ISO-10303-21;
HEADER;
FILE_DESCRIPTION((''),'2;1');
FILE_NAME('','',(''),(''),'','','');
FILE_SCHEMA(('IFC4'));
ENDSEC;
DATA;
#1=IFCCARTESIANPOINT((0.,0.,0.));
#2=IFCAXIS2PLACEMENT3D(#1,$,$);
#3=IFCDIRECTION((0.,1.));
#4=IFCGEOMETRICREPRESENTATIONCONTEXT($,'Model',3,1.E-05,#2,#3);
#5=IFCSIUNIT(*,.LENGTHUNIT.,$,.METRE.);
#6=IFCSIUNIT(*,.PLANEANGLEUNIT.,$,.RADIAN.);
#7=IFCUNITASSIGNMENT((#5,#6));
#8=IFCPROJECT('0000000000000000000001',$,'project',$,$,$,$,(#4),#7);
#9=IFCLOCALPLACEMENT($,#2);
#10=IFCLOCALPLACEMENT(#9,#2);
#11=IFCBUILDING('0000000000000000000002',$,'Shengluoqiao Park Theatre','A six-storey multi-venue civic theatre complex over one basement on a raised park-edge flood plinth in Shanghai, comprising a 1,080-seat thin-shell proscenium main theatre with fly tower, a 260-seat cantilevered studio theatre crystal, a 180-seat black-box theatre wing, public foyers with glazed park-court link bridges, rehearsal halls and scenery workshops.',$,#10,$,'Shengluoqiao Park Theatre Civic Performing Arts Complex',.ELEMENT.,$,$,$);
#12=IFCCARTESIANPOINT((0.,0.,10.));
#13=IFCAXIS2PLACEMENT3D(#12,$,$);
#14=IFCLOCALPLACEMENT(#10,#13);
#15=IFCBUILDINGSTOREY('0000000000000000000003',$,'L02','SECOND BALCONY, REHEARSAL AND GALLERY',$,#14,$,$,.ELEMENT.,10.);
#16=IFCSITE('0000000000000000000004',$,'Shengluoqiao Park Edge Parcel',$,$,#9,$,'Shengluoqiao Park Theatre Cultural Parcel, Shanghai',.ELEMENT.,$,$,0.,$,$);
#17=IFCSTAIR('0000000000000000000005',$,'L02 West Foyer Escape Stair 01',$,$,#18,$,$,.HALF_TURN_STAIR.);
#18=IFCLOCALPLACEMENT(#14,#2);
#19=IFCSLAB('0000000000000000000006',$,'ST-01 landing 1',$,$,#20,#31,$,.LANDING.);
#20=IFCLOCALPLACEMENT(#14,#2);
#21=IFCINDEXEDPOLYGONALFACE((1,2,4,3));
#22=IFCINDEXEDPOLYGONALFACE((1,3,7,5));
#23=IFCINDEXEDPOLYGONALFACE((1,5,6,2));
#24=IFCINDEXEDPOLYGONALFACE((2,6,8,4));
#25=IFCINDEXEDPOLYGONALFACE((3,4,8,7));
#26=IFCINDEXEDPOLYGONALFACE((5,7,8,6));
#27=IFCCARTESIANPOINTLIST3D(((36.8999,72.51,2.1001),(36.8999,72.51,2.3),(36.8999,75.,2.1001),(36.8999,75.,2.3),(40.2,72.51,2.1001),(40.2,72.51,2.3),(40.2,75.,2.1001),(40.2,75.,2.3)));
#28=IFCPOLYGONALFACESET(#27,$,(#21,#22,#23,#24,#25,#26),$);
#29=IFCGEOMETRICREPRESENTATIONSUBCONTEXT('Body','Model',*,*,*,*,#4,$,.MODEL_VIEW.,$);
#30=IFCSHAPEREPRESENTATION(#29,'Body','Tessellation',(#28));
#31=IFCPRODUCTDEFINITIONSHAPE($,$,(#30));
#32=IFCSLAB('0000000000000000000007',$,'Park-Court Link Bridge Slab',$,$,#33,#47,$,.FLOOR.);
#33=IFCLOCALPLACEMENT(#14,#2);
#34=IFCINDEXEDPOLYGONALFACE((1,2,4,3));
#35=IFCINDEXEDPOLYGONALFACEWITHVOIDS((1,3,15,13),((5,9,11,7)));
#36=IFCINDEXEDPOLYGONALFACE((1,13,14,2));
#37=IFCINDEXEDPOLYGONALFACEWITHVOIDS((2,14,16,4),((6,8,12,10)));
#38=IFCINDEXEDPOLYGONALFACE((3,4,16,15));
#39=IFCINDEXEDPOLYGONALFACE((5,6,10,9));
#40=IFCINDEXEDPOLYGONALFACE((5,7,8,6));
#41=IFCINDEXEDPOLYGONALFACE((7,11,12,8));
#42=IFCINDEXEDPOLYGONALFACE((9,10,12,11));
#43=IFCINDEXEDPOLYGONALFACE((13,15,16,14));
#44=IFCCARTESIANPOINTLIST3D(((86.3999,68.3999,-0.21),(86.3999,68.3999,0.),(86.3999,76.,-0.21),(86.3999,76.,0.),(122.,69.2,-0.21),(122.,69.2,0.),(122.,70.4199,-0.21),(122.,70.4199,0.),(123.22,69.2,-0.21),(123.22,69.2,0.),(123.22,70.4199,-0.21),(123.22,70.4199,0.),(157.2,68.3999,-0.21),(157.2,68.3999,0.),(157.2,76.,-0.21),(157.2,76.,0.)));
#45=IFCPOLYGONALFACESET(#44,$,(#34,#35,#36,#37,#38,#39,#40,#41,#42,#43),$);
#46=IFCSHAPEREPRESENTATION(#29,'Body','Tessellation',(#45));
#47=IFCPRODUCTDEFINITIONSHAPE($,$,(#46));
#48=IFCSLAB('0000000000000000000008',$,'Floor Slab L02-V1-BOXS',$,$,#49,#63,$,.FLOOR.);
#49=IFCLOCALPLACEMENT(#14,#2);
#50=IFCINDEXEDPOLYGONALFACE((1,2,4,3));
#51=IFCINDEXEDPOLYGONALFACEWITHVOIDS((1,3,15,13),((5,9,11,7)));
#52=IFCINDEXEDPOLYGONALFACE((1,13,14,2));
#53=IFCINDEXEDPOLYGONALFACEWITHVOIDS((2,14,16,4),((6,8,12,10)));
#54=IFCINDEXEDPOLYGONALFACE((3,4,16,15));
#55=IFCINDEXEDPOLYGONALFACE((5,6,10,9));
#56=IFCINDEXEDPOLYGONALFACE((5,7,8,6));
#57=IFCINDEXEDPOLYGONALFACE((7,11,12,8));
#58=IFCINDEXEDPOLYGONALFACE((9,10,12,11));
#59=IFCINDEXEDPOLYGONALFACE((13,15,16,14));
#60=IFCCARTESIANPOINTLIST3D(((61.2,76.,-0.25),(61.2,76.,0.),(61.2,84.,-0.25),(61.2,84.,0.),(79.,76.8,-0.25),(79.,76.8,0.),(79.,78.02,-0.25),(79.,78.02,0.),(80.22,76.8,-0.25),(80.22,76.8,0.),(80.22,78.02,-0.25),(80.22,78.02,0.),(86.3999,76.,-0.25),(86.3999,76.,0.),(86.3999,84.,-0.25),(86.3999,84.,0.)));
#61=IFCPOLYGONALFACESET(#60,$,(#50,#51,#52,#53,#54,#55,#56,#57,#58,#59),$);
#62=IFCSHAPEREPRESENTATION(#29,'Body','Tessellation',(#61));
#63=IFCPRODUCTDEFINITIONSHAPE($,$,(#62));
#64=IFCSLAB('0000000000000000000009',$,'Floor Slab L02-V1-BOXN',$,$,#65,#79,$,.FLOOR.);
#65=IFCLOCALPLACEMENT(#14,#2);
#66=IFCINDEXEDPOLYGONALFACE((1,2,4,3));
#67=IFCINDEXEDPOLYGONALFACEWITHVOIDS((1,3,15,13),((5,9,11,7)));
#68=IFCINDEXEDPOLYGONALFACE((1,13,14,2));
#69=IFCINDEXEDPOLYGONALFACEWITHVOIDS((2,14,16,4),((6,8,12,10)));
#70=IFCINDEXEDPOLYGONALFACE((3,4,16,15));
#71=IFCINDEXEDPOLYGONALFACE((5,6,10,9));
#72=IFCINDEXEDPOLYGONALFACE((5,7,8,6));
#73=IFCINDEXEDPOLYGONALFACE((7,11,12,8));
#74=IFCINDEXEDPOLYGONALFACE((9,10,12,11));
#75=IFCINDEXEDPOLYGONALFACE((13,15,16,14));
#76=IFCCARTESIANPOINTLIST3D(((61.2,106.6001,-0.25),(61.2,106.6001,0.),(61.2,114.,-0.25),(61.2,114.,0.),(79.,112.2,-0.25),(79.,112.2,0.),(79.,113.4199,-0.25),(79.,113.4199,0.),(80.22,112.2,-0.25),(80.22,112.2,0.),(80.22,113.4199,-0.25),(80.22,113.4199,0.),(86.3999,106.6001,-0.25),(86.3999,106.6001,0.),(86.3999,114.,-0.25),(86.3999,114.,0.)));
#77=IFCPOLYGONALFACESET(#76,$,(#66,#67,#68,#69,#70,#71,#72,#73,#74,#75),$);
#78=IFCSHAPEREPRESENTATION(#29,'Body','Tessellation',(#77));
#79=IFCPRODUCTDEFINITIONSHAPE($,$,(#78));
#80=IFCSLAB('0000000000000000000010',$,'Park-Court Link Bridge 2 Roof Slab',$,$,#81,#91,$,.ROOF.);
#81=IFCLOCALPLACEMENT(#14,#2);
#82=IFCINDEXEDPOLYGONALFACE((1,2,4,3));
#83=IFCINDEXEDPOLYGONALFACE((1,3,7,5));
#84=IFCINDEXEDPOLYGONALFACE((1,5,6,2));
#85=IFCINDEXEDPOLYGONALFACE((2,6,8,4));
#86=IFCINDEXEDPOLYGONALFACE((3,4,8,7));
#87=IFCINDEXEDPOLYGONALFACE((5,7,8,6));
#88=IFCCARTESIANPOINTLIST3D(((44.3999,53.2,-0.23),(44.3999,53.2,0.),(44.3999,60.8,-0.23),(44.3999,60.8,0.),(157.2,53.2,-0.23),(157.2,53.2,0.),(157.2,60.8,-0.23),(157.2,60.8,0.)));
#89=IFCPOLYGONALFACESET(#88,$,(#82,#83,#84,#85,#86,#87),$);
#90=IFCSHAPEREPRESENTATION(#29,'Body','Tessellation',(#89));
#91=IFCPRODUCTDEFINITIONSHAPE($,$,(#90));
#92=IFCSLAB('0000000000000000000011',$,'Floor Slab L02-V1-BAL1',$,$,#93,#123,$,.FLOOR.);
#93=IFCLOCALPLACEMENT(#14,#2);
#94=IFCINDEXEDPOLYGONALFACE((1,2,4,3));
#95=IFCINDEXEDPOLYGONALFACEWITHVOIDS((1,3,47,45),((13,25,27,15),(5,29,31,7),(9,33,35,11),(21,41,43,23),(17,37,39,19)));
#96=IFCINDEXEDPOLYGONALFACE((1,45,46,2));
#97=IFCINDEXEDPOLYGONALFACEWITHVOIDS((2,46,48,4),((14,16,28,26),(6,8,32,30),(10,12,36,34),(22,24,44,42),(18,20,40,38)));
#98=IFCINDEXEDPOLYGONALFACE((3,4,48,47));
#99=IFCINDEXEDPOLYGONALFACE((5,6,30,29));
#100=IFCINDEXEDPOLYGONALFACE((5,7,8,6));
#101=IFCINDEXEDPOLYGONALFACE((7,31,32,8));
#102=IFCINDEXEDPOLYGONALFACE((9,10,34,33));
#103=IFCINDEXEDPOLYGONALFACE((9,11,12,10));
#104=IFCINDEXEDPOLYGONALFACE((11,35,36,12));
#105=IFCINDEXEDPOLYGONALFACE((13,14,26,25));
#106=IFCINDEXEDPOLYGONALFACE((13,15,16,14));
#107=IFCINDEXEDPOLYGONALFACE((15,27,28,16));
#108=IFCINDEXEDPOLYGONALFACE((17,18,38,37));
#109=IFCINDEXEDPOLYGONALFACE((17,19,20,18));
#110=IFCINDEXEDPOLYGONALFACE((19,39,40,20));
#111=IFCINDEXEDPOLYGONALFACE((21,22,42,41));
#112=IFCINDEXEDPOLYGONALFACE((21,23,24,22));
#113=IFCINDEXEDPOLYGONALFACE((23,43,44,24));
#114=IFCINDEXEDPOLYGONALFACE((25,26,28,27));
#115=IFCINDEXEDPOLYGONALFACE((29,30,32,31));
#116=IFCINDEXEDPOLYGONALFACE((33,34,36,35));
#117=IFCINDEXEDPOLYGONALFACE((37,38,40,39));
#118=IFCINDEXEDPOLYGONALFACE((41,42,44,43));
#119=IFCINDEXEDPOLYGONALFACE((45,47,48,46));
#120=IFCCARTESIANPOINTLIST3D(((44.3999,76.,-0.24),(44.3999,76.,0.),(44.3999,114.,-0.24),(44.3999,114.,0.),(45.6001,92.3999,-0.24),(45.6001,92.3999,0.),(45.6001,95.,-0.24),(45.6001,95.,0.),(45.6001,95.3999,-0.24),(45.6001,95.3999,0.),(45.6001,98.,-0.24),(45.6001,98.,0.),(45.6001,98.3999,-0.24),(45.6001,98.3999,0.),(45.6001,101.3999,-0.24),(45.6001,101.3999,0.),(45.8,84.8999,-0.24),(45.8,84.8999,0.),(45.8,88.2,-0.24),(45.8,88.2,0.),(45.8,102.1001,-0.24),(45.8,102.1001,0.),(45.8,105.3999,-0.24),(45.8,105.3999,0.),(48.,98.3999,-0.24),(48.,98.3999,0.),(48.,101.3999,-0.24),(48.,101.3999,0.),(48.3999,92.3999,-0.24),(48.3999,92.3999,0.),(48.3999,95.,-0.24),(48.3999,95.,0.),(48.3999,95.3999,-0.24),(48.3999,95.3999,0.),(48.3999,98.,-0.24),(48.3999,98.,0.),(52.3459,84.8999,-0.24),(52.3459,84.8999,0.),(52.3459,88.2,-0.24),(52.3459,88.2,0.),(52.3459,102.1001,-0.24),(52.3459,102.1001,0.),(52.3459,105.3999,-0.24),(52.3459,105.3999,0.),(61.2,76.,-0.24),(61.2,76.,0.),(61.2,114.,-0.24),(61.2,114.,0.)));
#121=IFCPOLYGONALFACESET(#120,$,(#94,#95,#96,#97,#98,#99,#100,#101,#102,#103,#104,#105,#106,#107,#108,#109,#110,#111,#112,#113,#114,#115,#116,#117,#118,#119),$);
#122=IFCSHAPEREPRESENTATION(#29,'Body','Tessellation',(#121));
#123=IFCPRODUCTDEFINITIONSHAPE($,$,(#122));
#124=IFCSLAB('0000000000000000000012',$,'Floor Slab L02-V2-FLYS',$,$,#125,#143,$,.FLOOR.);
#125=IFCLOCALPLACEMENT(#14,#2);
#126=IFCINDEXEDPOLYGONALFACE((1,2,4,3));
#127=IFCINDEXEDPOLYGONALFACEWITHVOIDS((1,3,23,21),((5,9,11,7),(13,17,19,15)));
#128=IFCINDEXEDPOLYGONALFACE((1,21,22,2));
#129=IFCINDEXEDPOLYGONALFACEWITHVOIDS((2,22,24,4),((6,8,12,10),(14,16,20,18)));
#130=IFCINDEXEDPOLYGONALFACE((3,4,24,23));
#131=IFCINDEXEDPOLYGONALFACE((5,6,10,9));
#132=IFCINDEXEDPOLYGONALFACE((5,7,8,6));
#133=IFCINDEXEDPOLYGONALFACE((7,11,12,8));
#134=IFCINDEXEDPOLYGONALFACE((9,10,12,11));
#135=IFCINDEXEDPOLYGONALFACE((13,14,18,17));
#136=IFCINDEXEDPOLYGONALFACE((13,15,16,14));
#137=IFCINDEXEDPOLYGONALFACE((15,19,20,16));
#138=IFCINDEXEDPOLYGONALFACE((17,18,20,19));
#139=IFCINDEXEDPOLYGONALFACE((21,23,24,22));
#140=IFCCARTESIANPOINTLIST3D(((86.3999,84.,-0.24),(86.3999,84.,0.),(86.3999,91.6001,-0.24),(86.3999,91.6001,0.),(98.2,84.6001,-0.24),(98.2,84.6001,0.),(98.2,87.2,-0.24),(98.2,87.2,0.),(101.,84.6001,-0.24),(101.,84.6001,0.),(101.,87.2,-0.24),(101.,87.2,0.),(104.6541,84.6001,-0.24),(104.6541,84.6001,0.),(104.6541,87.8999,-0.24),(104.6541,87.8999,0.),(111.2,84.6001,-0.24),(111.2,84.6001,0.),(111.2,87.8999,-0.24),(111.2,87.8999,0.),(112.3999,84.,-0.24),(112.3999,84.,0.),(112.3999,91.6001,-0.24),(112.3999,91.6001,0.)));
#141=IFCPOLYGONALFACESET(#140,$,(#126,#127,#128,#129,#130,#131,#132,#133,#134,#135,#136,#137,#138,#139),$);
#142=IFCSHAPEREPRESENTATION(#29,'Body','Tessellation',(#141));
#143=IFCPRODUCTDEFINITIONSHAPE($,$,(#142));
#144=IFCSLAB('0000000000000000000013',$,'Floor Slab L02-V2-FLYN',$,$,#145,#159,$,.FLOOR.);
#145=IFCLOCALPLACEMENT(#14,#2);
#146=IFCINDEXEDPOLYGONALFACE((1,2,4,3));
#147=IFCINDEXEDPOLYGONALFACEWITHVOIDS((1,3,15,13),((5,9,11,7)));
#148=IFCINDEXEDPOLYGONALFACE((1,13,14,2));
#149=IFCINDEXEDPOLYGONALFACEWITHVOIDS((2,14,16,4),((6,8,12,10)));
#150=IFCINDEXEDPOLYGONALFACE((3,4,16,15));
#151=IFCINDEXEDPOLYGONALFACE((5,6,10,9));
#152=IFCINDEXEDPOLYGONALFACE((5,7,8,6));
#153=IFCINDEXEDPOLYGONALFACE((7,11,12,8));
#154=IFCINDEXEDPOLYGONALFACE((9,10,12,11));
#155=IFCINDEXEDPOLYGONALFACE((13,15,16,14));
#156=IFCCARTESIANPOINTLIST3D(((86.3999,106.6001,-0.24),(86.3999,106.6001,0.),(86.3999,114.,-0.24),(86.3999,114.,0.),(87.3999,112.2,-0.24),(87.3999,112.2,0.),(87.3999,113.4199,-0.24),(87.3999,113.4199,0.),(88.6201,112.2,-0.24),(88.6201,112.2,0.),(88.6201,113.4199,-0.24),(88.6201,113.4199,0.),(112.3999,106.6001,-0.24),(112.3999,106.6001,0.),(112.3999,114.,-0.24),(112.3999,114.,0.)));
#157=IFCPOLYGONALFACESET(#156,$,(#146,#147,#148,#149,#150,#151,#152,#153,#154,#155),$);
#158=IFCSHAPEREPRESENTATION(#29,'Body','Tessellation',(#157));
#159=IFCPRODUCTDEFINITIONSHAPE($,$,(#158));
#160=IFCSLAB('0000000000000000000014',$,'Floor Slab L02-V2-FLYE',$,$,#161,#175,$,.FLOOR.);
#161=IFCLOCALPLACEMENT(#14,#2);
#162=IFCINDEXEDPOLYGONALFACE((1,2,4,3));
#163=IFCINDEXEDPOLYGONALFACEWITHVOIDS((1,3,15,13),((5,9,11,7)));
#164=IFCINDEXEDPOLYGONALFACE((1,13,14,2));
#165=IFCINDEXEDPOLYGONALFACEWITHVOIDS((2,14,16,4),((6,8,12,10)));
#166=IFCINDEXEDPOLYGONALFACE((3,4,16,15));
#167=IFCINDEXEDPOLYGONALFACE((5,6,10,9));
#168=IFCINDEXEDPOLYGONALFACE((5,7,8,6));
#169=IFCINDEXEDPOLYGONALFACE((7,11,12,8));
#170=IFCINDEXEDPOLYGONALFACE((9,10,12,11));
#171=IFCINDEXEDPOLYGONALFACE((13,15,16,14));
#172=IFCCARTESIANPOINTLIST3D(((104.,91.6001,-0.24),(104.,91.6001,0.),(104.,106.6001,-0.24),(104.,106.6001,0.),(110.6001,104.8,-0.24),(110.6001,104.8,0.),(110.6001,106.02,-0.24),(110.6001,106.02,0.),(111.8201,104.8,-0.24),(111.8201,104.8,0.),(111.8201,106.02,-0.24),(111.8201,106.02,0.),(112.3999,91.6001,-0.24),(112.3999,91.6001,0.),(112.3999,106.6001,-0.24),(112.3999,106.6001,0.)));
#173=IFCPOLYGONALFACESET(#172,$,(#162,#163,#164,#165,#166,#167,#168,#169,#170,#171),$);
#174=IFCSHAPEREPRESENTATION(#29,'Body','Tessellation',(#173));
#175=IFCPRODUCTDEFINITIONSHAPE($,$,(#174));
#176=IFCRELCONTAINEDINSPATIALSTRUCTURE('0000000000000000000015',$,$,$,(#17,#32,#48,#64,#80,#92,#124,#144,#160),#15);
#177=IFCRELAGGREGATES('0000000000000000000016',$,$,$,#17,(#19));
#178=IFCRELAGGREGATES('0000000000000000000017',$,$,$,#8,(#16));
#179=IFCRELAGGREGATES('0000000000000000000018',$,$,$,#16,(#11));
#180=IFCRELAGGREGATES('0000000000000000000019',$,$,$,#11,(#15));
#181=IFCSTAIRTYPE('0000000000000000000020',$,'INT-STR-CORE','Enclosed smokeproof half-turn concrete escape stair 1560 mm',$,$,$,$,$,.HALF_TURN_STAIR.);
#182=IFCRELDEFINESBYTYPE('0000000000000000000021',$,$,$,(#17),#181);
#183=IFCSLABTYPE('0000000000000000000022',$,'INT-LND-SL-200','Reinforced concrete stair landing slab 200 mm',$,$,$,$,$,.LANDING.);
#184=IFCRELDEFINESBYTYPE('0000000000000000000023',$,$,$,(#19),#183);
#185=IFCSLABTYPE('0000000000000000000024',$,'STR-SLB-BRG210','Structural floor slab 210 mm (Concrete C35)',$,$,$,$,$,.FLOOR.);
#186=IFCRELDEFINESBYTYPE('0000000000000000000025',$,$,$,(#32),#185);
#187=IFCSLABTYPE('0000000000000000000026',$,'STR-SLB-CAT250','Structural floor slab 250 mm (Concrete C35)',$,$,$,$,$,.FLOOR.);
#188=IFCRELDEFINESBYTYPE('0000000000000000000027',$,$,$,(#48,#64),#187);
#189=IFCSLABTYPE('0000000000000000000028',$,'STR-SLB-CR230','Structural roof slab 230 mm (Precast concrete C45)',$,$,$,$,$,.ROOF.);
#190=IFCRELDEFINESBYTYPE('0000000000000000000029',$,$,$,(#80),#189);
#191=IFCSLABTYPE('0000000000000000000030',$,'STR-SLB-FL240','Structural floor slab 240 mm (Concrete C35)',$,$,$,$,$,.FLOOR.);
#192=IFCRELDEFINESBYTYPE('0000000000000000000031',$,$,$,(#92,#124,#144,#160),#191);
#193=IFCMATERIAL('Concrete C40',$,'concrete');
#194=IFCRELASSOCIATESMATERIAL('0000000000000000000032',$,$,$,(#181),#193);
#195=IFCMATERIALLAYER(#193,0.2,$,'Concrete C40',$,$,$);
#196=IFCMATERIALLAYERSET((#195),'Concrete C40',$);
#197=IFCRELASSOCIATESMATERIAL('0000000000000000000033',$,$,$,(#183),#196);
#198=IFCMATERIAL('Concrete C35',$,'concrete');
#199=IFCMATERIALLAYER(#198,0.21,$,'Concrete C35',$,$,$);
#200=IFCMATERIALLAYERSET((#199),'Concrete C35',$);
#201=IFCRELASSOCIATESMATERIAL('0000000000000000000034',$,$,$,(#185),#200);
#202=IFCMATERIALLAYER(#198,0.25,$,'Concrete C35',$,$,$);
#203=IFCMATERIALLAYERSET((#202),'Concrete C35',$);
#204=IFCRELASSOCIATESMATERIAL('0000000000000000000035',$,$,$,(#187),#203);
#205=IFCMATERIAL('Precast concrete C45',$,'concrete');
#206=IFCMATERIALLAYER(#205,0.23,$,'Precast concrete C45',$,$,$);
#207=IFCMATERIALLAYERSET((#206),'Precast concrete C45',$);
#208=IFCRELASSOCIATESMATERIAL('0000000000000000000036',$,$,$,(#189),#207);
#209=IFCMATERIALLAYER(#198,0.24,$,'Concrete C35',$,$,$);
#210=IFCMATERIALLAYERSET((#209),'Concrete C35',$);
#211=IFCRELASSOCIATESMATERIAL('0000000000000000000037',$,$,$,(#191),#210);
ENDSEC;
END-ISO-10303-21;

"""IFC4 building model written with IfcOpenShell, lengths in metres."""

from ifc_helpers import new_model, si_unit, direction, frame, origin, place, context, subcontext, project, spatial, polyline, outline, extrude, material, layer, layer_set, type_object, element, aggregate, save


model = new_model("IFC4")

# Units and contexts
model_context = context("Model", 3, precision=1e-05, world=origin(), true_north=direction((0.0, 1.0)))
body_context = subcontext(model_context, "Body", "Model", "MODEL_VIEW")
ifc_project = project(units=[si_unit("LENGTHUNIT", "METRE"), si_unit("PLANEANGLEUNIT", "RADIAN")], contexts=[model_context])

# Site, building, storey
site_placement = place(None, origin())
site = spatial("IfcSite", under=ifc_project, at=site_placement, Name="Shengluoqiao Park Edge Parcel", LongName="Shengluoqiao Park Theatre Cultural Parcel, Shanghai", CompositionType="ELEMENT", RefElevation=0.0)
building_placement = place(site_placement, origin())
building = spatial("IfcBuilding", under=site, at=building_placement, Name="Shengluoqiao Park Theatre", Description="A six-storey multi-venue civic theatre complex over one basement on a raised park-edge flood plinth in Shanghai, comprising a 1,080-seat thin-shell proscenium main theatre with fly tower, a 260-seat cantilevered studio theatre crystal, a 180-seat black-box theatre wing, public foyers with glazed park-court link bridges, rehearsal halls and scenery workshops.", LongName="Shengluoqiao Park Theatre Civic Performing Arts Complex", CompositionType="ELEMENT")
storey_placement = place(building_placement, frame((0.0, 0.0, 10.0)))
storey = spatial("IfcBuildingStorey", under=building, at=storey_placement, Name="L02", Description="SECOND BALCONY, REHEARSAL AND GALLERY", CompositionType="ELEMENT", Elevation=10.0)

# Stair, slab
ifc_material_1 = material(Name="Concrete C40", Category="concrete")
stair_type = type_object("IfcStairType", Name="INT-STR-CORE", Description="Enclosed smokeproof half-turn concrete escape stair 1560 mm", PredefinedType="HALF_TURN_STAIR", material=ifc_material_1)
stair_placement = place(storey_placement, origin())
stair = element("IfcStair", 1, at=stair_placement, inside=storey, type_object=stair_type, Name="L02 West Foyer Escape Stair 01", PredefinedType="HALF_TURN_STAIR")
ifc_layer_1 = layer(ifc_material_1, 0.2, Name="Concrete C40")
ifc_layer_set_1 = layer_set([ifc_layer_1], Name="Concrete C40")
slab_type_1 = type_object("IfcSlabType", Name="INT-LND-SL-200", Description="Reinforced concrete stair landing slab 200 mm", PredefinedType="LANDING", material=ifc_layer_set_1)
slab_1_placement = place(storey_placement, frame((0.0, 0.0, 2.1001)))
slab_1 = element("IfcSlab", 2, at=slab_1_placement, type_object=slab_type_1, Name="ST-01 landing 1", PredefinedType="LANDING", context=body_context, shape_type="SweptSolid", body=[
    extrude(outline(polyline([(40.2, 72.51), (40.2, 75.0), (36.8999, 75.0), (36.8999, 72.51), (40.2, 72.51)])), origin(), (0.0, 0.0, 1.0), 0.2),
])
aggregate(stair, [slab_1])

# Slabs
ifc_material_2 = material(Name="Concrete C35", Category="concrete")
ifc_layer_2 = layer(ifc_material_2, 0.21, Name="Concrete C35")
ifc_layer_set_2 = layer_set([ifc_layer_2], Name="Concrete C35")
slab_type_2 = type_object("IfcSlabType", Name="STR-SLB-BRG210", Description="Structural floor slab 210 mm (Concrete C35)", PredefinedType="FLOOR", material=ifc_layer_set_2)
slab_2_placement = place(storey_placement, frame((0.0, 0.0, -0.21)))
element("IfcSlab", 3, at=slab_2_placement, inside=storey, type_object=slab_type_2, Name="Park-Court Link Bridge Slab", PredefinedType="FLOOR", context=body_context, shape_type="SweptSolid", body=[
    extrude(outline(polyline([(86.3999, 68.3999), (86.3999, 76.0), (157.2, 76.0), (157.2, 68.3999), (86.3999, 68.3999)]), holes=[polyline([(123.22, 69.2), (123.22, 70.4199), (122.0, 70.4199), (122.0, 69.2), (123.22, 69.2)])]), origin(), (0.0, 0.0, 1.0), 0.21),
])
ifc_layer_3 = layer(ifc_material_2, 0.25, Name="Concrete C35")
ifc_layer_set_3 = layer_set([ifc_layer_3], Name="Concrete C35")
slab_type_3 = type_object("IfcSlabType", Name="STR-SLB-CAT250", Description="Structural floor slab 250 mm (Concrete C35)", PredefinedType="FLOOR", material=ifc_layer_set_3)
slab_3_placement = place(storey_placement, frame((0.0, 0.0, -0.25)))
element("IfcSlab", 4, at=slab_3_placement, inside=storey, type_object=slab_type_3, Name="Floor Slab L02-V1-BOXS", PredefinedType="FLOOR", context=body_context, shape_type="SweptSolid", body=[
    extrude(outline(polyline([(61.2, 76.0), (61.2, 84.0), (86.3999, 84.0), (86.3999, 76.0), (61.2, 76.0)]), holes=[polyline([(80.22, 76.8), (80.22, 78.02), (79.0, 78.02), (79.0, 76.8), (80.22, 76.8)])]), origin(), (0.0, 0.0, 1.0), 0.25),
])
slab_4_placement = place(storey_placement, frame((0.0, 0.0, -0.25)))
element("IfcSlab", 5, at=slab_4_placement, inside=storey, type_object=slab_type_3, Name="Floor Slab L02-V1-BOXN", PredefinedType="FLOOR", context=body_context, shape_type="SweptSolid", body=[
    extrude(outline(polyline([(61.2, 106.6001), (61.2, 114.0), (86.3999, 114.0), (86.3999, 106.6001), (61.2, 106.6001)]), holes=[polyline([(79.0, 112.2), (80.22, 112.2), (80.22, 113.4199), (79.0, 113.4199), (79.0, 112.2)])]), origin(), (0.0, 0.0, 1.0), 0.25),
])
ifc_material_3 = material(Name="Precast concrete C45", Category="concrete")
ifc_layer_4 = layer(ifc_material_3, 0.23, Name="Precast concrete C45")
ifc_layer_set_4 = layer_set([ifc_layer_4], Name="Precast concrete C45")
slab_type_4 = type_object("IfcSlabType", Name="STR-SLB-CR230", Description="Structural roof slab 230 mm (Precast concrete C45)", PredefinedType="ROOF", material=ifc_layer_set_4)
slab_5_placement = place(storey_placement, frame((0.0, 0.0, -0.23)))
element("IfcSlab", 6, at=slab_5_placement, inside=storey, type_object=slab_type_4, Name="Park-Court Link Bridge 2 Roof Slab", PredefinedType="ROOF", context=body_context, shape_type="SweptSolid", body=[
    extrude(outline(polyline([(44.3999, 53.2), (157.2, 53.2), (157.2, 60.8), (44.3999, 60.8), (44.3999, 53.2)])), origin(), (0.0, 0.0, 1.0), 0.23),
])
ifc_layer_5 = layer(ifc_material_2, 0.24, Name="Concrete C35")
ifc_layer_set_5 = layer_set([ifc_layer_5], Name="Concrete C35")
slab_type_5 = type_object("IfcSlabType", Name="STR-SLB-FL240", Description="Structural floor slab 240 mm (Concrete C35)", PredefinedType="FLOOR", material=ifc_layer_set_5)
slab_6_placement = place(storey_placement, frame((0.0, 0.0, -0.24)))
element("IfcSlab", 7, at=slab_6_placement, inside=storey, type_object=slab_type_5, Name="Floor Slab L02-V1-BAL1", PredefinedType="FLOOR", context=body_context, shape_type="SweptSolid", body=[
    extrude(outline(polyline([(44.3999, 76.0), (44.3999, 114.0), (61.2, 114.0), (61.2, 76.0), (44.3999, 76.0)]), holes=[polyline([(52.3459, 88.2), (45.8, 88.2), (45.8, 84.8999), (52.3459, 84.8999), (52.3459, 88.2)]), polyline([(48.3999, 92.3999), (48.3999, 95.0), (45.6001, 95.0), (45.6001, 92.3999), (48.3999, 92.3999)]), polyline([(45.6001, 95.3999), (48.3999, 95.3999), (48.3999, 98.0), (45.6001, 98.0), (45.6001, 95.3999)]), polyline([(45.6001, 98.3999), (48.0, 98.3999), (48.0, 101.3999), (45.6001, 101.3999), (45.6001, 98.3999)]), polyline([(52.3459, 105.3999), (45.8, 105.3999), (45.8, 102.1001), (52.3459, 102.1001), (52.3459, 105.3999)])]), origin(), (0.0, 0.0, 1.0), 0.24),
])
slab_7_placement = place(storey_placement, frame((0.0, 0.0, -0.24)))
element("IfcSlab", 8, at=slab_7_placement, inside=storey, type_object=slab_type_5, Name="Floor Slab L02-V2-FLYS", PredefinedType="FLOOR", context=body_context, shape_type="SweptSolid", body=[
    extrude(outline(polyline([(86.3999, 84.0), (86.3999, 91.6001), (112.3999, 91.6001), (112.3999, 84.0), (86.3999, 84.0)]), holes=[polyline([(98.2, 84.6001), (101.0, 84.6001), (101.0, 87.2), (98.2, 87.2), (98.2, 84.6001)]), polyline([(104.6541, 84.6001), (111.2, 84.6001), (111.2, 87.8999), (104.6541, 87.8999), (104.6541, 84.6001)])]), origin(), (0.0, 0.0, 1.0), 0.24),
])
slab_8_placement = place(storey_placement, frame((0.0, 0.0, -0.24)))
element("IfcSlab", 9, at=slab_8_placement, inside=storey, type_object=slab_type_5, Name="Floor Slab L02-V2-FLYN", PredefinedType="FLOOR", context=body_context, shape_type="SweptSolid", body=[
    extrude(outline(polyline([(86.3999, 106.6001), (86.3999, 114.0), (112.3999, 114.0), (112.3999, 106.6001), (86.3999, 106.6001)]), holes=[polyline([(87.3999, 112.2), (88.6201, 112.2), (88.6201, 113.4199), (87.3999, 113.4199), (87.3999, 112.2)])]), origin(), (0.0, 0.0, 1.0), 0.24),
])
slab_9_placement = place(storey_placement, frame((0.0, 0.0, -0.24)))
element("IfcSlab", 10, at=slab_9_placement, inside=storey, type_object=slab_type_5, Name="Floor Slab L02-V2-FLYE", PredefinedType="FLOOR", context=body_context, shape_type="SweptSolid", body=[
    extrude(outline(polyline([(104.0, 91.6001), (104.0, 106.6001), (112.3999, 106.6001), (112.3999, 91.6001), (104.0, 91.6001)]), holes=[polyline([(111.8201, 104.8), (111.8201, 106.02), (110.6001, 106.02), (110.6001, 104.8), (111.8201, 104.8)])]), origin(), (0.0, 0.0, 1.0), 0.24),
])

save(model, "model.ifc")
